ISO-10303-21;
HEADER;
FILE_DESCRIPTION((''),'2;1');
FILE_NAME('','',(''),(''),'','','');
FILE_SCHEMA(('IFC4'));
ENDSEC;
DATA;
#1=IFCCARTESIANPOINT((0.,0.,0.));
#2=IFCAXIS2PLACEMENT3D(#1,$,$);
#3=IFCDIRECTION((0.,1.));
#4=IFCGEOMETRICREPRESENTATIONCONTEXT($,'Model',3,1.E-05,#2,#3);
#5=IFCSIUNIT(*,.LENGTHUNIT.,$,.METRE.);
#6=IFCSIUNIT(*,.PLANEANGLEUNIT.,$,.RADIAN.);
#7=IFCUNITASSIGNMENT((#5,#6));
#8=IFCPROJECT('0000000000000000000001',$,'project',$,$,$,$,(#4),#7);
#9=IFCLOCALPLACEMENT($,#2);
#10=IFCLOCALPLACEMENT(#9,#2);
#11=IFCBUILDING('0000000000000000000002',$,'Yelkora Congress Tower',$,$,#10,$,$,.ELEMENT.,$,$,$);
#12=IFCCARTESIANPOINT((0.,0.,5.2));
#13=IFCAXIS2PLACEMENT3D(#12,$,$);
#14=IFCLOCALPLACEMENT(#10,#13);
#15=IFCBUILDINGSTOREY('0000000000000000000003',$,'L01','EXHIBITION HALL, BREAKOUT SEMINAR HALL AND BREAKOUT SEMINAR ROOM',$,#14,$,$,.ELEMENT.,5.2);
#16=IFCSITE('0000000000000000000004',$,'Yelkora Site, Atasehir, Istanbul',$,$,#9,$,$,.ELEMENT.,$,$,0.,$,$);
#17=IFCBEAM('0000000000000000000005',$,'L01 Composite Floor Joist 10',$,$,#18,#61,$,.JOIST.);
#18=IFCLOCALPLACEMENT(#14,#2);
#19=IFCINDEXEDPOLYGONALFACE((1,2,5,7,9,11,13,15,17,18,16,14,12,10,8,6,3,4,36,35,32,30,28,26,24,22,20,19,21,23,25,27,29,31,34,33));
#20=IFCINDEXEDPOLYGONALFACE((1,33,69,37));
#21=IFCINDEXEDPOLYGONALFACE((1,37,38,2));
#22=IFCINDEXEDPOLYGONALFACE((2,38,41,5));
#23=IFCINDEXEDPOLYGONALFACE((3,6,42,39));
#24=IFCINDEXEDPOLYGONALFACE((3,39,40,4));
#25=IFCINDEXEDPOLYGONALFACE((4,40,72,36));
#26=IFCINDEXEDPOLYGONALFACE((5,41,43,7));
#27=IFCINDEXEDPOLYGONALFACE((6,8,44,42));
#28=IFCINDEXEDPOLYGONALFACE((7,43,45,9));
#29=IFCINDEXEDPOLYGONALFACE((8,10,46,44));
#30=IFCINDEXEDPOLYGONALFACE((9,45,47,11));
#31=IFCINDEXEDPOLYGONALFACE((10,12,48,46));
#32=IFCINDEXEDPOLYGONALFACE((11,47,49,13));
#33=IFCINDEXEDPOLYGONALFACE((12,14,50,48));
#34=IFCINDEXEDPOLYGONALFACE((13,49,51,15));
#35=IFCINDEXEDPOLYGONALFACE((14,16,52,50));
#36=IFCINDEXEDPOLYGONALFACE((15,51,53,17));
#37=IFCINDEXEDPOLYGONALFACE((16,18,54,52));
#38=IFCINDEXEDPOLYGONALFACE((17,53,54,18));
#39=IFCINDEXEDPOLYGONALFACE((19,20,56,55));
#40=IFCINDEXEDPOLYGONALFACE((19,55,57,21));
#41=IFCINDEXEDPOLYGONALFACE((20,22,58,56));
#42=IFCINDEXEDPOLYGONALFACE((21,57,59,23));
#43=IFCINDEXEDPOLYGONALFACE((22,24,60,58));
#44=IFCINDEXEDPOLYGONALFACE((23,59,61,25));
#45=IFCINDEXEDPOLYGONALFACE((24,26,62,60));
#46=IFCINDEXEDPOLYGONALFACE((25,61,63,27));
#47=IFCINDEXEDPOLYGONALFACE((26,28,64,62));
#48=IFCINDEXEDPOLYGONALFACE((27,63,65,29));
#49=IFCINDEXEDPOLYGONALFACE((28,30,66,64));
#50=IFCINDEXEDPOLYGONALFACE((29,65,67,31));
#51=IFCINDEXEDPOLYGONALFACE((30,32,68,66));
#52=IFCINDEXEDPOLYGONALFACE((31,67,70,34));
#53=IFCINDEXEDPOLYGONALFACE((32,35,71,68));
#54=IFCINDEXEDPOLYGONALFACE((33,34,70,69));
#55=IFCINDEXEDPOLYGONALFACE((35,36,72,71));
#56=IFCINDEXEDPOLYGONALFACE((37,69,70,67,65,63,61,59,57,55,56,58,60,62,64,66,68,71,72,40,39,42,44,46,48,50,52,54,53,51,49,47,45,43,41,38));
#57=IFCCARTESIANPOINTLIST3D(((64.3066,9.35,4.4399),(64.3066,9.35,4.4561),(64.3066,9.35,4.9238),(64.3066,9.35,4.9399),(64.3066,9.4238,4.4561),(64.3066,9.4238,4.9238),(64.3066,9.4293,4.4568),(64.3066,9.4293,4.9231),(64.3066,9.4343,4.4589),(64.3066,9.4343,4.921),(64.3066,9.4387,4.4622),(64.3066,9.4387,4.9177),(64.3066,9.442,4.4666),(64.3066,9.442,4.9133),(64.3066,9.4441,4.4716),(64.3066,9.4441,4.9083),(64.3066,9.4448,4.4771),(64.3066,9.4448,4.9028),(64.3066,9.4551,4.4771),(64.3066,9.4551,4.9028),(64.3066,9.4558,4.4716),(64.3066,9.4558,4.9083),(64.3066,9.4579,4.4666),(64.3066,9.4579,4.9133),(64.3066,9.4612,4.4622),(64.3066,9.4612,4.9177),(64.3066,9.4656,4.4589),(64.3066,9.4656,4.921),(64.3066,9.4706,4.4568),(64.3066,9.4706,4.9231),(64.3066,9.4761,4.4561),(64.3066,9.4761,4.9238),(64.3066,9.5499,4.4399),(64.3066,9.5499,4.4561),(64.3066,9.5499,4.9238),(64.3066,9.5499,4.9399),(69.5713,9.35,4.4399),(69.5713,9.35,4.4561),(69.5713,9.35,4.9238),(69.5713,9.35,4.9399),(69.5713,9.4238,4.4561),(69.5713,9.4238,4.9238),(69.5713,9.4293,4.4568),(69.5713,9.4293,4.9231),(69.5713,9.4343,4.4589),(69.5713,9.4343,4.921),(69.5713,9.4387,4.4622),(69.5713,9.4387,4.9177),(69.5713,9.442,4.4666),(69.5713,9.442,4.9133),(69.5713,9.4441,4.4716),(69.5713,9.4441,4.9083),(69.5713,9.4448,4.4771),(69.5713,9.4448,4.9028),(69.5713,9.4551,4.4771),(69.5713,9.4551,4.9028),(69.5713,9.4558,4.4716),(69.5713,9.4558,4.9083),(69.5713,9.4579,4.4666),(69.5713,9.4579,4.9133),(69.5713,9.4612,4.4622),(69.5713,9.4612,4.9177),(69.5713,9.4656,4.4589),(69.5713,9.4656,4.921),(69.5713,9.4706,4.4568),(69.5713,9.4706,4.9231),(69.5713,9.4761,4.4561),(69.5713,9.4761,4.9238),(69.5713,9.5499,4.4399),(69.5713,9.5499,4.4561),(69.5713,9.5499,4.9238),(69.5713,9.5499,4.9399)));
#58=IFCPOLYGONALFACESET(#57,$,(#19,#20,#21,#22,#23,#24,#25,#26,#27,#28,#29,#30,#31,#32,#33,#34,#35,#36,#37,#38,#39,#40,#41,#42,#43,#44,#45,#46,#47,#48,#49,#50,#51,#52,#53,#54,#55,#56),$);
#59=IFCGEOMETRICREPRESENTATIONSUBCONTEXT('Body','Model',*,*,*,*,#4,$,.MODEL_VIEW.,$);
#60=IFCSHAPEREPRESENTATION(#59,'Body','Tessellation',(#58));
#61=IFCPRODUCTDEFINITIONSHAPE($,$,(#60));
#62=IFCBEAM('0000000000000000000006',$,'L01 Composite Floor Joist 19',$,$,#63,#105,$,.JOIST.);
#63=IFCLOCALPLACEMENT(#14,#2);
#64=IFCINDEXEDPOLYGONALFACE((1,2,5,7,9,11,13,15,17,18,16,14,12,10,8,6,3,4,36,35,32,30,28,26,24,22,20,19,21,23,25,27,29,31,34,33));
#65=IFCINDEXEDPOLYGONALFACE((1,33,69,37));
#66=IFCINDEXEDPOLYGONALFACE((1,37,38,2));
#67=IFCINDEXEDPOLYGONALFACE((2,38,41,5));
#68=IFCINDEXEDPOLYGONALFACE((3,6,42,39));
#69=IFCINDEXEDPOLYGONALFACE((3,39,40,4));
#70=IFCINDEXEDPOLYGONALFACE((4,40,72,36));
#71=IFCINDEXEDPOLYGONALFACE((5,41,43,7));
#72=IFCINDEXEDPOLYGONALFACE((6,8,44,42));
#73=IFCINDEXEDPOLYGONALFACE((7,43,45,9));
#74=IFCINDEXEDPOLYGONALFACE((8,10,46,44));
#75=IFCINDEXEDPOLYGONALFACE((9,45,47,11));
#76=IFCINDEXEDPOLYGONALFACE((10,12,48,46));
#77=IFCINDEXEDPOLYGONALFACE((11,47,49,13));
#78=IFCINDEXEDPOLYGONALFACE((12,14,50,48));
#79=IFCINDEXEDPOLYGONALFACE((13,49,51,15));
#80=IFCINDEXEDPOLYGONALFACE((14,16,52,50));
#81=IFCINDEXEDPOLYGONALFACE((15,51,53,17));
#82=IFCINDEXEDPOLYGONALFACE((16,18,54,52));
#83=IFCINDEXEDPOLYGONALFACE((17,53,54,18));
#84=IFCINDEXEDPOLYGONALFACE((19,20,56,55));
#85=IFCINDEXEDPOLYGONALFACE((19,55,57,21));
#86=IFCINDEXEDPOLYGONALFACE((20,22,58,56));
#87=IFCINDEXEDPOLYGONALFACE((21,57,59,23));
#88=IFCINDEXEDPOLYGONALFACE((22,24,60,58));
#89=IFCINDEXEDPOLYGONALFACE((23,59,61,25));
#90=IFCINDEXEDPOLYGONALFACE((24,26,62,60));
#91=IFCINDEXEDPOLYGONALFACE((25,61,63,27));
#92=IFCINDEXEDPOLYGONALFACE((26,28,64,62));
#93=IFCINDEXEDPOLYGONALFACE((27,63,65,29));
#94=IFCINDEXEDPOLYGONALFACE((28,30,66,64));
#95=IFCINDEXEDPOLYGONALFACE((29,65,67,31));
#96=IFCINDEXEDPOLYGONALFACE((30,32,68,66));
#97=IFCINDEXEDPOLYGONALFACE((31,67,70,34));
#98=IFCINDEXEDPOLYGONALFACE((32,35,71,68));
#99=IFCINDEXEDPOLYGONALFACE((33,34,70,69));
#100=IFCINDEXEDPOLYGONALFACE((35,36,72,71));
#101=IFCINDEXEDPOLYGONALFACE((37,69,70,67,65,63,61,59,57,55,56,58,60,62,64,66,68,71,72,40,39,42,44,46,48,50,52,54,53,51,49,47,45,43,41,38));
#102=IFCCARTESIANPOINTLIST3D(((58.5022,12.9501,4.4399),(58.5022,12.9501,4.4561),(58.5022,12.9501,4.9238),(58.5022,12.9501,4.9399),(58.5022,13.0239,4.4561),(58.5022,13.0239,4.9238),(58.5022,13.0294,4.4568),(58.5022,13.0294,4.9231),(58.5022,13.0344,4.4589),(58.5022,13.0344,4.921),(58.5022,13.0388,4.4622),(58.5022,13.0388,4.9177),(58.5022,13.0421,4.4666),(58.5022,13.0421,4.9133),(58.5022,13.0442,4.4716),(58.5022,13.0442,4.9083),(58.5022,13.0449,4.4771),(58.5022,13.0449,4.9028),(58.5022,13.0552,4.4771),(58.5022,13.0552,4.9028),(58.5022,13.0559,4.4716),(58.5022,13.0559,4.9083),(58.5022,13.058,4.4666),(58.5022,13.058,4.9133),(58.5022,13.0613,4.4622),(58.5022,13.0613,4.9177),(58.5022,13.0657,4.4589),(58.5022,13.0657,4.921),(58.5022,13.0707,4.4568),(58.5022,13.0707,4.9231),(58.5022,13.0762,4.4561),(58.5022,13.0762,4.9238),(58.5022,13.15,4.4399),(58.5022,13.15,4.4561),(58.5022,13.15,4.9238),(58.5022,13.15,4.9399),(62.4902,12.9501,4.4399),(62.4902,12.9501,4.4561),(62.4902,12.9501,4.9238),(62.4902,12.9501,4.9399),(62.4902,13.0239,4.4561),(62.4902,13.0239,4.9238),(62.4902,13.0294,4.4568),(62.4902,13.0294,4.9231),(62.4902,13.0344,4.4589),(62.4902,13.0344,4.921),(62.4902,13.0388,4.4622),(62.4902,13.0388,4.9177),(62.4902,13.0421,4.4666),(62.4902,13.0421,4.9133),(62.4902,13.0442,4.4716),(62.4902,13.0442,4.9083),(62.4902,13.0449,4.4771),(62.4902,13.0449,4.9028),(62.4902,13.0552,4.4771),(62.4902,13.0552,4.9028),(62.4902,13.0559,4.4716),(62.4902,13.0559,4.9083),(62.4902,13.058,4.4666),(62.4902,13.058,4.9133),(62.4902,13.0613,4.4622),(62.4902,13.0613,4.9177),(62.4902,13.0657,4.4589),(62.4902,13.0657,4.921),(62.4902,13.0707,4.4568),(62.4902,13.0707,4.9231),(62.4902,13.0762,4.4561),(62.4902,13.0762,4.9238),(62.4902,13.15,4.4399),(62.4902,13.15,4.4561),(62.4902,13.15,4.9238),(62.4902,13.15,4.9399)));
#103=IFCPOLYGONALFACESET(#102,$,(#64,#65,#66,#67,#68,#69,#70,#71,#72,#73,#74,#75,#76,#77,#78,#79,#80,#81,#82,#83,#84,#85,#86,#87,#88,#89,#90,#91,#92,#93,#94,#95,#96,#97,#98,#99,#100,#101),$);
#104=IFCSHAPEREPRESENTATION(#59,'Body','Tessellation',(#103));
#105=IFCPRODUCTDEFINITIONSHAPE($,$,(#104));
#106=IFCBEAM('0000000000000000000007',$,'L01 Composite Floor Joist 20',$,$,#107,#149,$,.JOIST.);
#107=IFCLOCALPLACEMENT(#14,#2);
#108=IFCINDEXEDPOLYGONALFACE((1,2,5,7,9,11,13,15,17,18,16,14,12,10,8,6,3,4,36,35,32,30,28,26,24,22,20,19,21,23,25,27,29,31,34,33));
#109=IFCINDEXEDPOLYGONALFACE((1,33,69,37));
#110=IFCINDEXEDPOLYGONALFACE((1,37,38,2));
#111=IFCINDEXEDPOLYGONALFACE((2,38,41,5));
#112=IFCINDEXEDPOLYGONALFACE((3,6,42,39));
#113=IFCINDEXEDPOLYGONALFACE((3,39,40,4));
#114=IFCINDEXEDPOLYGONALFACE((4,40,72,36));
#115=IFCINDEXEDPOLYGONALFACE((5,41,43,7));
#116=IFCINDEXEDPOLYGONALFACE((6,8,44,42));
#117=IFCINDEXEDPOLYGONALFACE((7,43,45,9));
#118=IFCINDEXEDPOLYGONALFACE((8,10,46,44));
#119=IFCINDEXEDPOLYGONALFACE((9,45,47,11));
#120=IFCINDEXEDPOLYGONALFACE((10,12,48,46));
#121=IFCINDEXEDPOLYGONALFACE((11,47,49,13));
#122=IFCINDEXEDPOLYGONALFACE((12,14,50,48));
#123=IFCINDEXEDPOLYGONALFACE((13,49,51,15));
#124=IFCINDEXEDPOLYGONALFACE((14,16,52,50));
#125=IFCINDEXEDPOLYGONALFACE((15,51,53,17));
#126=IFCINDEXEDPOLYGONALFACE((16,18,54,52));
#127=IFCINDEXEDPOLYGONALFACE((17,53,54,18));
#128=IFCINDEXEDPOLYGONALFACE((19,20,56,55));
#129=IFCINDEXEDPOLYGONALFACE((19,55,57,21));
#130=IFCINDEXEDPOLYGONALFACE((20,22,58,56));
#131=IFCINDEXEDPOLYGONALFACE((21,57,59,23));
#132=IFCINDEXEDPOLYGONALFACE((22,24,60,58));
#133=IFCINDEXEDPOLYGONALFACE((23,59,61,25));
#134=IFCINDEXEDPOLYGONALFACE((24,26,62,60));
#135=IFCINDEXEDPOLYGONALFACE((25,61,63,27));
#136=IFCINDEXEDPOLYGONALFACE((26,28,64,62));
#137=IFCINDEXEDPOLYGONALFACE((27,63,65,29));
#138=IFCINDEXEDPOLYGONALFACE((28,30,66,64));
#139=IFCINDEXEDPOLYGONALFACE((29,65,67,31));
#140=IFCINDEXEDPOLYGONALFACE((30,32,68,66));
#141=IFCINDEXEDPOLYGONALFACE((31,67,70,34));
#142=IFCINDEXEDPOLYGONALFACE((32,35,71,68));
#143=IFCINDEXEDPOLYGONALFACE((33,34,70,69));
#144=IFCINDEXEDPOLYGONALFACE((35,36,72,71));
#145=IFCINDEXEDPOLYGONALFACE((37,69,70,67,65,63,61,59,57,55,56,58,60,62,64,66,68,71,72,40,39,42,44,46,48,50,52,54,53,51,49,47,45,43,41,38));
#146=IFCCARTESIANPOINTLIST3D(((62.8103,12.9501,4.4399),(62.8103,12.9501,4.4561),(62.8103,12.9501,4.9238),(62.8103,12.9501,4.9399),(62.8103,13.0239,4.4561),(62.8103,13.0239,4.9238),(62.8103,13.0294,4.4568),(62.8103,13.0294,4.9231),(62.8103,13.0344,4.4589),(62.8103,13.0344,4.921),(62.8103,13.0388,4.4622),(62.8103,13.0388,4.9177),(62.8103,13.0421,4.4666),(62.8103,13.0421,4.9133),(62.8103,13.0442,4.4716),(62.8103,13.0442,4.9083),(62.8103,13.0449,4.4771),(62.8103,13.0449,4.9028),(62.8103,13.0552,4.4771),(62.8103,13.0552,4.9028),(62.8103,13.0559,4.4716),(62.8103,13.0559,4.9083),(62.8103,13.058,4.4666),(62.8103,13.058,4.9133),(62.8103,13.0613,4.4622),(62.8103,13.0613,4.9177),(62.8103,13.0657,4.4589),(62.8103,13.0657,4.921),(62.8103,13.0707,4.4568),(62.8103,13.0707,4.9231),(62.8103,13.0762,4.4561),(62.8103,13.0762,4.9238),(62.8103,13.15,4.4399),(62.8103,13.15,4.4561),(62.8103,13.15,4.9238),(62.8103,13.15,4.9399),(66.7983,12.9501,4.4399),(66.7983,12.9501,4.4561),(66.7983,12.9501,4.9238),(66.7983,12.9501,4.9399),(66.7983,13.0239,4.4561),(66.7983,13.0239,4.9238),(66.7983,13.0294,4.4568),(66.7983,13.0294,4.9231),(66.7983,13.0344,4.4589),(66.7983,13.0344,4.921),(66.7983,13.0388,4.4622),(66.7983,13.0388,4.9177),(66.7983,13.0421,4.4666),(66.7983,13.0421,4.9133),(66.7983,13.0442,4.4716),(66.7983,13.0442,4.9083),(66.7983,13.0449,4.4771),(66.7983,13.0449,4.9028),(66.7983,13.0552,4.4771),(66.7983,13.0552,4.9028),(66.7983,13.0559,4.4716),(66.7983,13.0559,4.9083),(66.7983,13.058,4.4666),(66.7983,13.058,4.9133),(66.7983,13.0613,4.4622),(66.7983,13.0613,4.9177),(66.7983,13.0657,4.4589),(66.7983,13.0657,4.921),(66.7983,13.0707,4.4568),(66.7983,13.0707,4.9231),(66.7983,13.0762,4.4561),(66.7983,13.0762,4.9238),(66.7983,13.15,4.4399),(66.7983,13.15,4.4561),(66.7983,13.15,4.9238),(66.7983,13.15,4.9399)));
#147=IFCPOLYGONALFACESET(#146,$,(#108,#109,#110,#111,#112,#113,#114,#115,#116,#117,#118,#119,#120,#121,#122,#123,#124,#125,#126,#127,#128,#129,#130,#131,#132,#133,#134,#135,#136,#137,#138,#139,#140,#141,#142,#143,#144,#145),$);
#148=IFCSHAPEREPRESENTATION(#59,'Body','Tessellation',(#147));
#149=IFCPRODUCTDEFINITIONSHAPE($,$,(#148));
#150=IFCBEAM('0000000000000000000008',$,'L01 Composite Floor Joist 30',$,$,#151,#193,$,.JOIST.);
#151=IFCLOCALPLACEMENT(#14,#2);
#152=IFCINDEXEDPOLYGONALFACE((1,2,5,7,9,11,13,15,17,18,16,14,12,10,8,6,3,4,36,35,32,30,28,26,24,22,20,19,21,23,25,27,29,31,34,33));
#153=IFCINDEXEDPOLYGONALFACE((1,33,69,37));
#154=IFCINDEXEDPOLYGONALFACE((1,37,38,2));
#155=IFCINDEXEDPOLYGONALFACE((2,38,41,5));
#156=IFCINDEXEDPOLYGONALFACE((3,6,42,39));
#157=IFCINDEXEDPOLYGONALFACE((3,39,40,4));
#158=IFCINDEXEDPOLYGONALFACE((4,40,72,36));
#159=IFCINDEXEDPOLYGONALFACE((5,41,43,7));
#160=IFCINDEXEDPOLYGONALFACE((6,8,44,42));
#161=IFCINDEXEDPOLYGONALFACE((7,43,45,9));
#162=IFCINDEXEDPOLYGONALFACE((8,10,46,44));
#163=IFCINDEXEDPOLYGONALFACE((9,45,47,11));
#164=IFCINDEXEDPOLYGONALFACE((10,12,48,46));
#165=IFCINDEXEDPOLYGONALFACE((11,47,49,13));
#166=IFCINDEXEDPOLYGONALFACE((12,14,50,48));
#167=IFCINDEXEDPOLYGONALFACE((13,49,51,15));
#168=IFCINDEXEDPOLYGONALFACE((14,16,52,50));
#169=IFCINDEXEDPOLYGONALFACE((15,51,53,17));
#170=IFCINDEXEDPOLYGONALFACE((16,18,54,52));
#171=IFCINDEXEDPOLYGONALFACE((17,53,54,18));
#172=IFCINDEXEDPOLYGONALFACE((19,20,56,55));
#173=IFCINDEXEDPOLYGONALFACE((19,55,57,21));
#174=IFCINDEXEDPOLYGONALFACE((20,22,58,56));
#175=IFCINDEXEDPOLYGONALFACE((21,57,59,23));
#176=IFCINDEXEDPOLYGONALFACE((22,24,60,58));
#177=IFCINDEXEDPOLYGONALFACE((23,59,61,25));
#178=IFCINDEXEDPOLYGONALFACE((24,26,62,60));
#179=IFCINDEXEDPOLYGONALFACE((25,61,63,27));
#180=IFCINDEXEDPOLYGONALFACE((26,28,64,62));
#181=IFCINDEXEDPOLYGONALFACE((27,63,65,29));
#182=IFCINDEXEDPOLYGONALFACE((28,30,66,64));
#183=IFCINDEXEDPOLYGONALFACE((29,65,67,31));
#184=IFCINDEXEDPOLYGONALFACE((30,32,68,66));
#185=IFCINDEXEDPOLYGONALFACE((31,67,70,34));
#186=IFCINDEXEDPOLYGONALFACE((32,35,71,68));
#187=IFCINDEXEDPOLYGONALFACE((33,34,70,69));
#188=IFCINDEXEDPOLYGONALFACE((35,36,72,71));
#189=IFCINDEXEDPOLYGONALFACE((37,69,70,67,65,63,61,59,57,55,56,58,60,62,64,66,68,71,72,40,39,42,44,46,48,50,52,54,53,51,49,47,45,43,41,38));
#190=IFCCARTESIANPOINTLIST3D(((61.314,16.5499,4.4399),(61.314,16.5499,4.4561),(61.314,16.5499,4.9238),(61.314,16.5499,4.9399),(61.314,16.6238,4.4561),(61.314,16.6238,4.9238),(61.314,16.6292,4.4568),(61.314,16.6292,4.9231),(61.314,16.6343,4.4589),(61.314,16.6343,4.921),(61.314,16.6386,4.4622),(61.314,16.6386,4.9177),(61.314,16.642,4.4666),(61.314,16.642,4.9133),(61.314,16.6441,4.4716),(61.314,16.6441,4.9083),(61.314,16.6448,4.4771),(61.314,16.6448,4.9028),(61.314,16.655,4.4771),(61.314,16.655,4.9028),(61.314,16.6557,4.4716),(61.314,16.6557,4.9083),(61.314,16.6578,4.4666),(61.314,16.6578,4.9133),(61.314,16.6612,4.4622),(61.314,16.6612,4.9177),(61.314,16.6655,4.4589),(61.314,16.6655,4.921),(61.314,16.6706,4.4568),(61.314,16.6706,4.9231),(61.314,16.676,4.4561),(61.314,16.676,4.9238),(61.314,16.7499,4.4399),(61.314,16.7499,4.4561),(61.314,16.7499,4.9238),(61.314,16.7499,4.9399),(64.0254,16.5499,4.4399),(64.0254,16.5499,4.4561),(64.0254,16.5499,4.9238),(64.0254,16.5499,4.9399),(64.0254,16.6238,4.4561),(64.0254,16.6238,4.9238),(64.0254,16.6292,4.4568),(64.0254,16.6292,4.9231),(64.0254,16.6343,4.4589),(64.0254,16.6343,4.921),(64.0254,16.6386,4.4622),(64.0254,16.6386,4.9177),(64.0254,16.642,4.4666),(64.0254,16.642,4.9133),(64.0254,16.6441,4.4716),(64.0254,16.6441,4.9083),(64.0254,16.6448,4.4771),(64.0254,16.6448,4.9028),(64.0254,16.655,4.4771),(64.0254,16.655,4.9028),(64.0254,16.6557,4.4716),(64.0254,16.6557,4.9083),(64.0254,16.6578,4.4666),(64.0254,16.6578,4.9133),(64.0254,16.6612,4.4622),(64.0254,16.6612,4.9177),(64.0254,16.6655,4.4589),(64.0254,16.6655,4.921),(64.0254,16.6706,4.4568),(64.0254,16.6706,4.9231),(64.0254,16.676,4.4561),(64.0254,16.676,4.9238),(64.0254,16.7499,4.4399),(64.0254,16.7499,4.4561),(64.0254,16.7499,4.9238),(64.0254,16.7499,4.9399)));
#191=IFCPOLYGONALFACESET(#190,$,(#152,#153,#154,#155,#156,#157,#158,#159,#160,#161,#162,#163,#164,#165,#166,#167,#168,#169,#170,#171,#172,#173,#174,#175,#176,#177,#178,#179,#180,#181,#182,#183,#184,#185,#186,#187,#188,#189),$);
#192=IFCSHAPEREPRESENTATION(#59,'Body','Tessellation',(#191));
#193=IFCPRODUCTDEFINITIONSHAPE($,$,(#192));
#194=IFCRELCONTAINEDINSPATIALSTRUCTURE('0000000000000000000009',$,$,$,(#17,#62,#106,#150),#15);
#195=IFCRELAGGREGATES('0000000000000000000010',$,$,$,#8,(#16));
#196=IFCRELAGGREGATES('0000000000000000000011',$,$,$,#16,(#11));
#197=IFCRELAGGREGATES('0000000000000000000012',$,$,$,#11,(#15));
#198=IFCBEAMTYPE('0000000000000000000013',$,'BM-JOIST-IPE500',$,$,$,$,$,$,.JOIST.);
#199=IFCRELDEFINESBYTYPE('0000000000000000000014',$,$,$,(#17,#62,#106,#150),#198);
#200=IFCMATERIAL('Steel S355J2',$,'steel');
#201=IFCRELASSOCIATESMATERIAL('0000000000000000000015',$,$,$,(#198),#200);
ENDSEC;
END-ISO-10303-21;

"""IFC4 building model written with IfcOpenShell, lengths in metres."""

from ifc_helpers import new_model, si_unit, direction, frame, origin, origin_2d, place, context, subcontext, project, spatial, i_section, extrude, material, material_profile, profile_set, type_object, element, save


model = new_model("IFC4")

# Units and contexts
model_context = context("Model", 3, precision=1e-05, world=origin(), true_north=direction((0.0, 1.0)))
body_context = subcontext(model_context, "Body", "Model", "MODEL_VIEW")
ifc_project = project(units=[si_unit("LENGTHUNIT", "METRE"), si_unit("PLANEANGLEUNIT", "RADIAN")], contexts=[model_context])

# Site, building, storey
site_placement = place(None, origin())
site = spatial("IfcSite", under=ifc_project, at=site_placement, Name="Yelkora Site, Atasehir, Istanbul", CompositionType="ELEMENT", RefElevation=0.0)
building_placement = place(site_placement, origin())
building = spatial("IfcBuilding", under=site, at=building_placement, Name="Yelkora Congress Tower", CompositionType="ELEMENT")
storey_placement = place(building_placement, frame((0.0, 0.0, 5.2)))
storey = spatial("IfcBuildingStorey", under=building, at=storey_placement, Name="L01", Description="EXHIBITION HALL, BREAKOUT SEMINAR HALL AND BREAKOUT SEMINAR ROOM", CompositionType="ELEMENT", Elevation=5.2)

# Beams
ifc_material_1 = material(Name="Steel S355J2", Category="steel")
ifc_material_profile_1 = material_profile(ifc_material_1, i_section(OverallWidth=0.2, OverallDepth=0.5, WebThickness=0.0103, FlangeThickness=0.0161, FilletRadius=0.021, at=origin_2d()), Name="IPE 500")
ifc_profile_set_1 = profile_set([ifc_material_profile_1], Name="Steel S355J2")
beam_type_1 = type_object("IfcBeamType", Name="BM-JOIST-IPE500", PredefinedType="JOIST", material=ifc_profile_set_1)
beam_1_placement = place(storey_placement, frame((64.3066, 9.45, 4.6899), z_axis=(1.0, 0.0, 0.0), x_axis=(0.0, 1.0, 0.0)))
element("IfcBeam", 1, at=beam_1_placement, inside=storey, type_object=beam_type_1, Name="L01 Composite Floor Joist 10", PredefinedType="JOIST", context=body_context, shape_type="SweptSolid", body=[
    extrude(i_section(OverallWidth=0.2, OverallDepth=0.5, WebThickness=0.0103, FlangeThickness=0.0161, FilletRadius=0.021, at=origin_2d()), origin(), (0.0, 0.0, 1.0), 5.2646),
])
for number, where, z_axis, x_axis, name in (
    (2, (58.5022, 13.05, 4.6899), (1.0, 0.0, 0.0), (0.0, 1.0, 0.0), "L01 Composite Floor Joist 19"),
    (3, (62.8103, 13.05, 4.6899), (1.0, 0.0, 0.0), (0.0, 1.0, 0.0), "L01 Composite Floor Joist 20"),
):
    element("IfcBeam", number, at=place(storey_placement, frame(where, z_axis=z_axis, x_axis=x_axis)), inside=storey, type_object=beam_type_1, Name=name, PredefinedType="JOIST", context=body_context, shape_type="SweptSolid", body=[
        extrude(i_section(OverallWidth=0.2, OverallDepth=0.5, WebThickness=0.0103, FlangeThickness=0.0161, FilletRadius=0.021, at=origin_2d()), origin(), (0.0, 0.0, 1.0), 3.988),
    ])
beam_2_placement = place(storey_placement, frame((61.314, 16.6499, 4.6899), z_axis=(1.0, 0.0, 0.0), x_axis=(0.0, 1.0, 0.0)))
element("IfcBeam", 4, at=beam_2_placement, inside=storey, type_object=beam_type_1, Name="L01 Composite Floor Joist 30", PredefinedType="JOIST", context=body_context, shape_type="SweptSolid", body=[
    extrude(i_section(OverallWidth=0.2, OverallDepth=0.5, WebThickness=0.0103, FlangeThickness=0.0161, FilletRadius=0.021, at=origin_2d()), origin(), (0.0, 0.0, 1.0), 2.7114),
])

save(model, "model.ifc")
